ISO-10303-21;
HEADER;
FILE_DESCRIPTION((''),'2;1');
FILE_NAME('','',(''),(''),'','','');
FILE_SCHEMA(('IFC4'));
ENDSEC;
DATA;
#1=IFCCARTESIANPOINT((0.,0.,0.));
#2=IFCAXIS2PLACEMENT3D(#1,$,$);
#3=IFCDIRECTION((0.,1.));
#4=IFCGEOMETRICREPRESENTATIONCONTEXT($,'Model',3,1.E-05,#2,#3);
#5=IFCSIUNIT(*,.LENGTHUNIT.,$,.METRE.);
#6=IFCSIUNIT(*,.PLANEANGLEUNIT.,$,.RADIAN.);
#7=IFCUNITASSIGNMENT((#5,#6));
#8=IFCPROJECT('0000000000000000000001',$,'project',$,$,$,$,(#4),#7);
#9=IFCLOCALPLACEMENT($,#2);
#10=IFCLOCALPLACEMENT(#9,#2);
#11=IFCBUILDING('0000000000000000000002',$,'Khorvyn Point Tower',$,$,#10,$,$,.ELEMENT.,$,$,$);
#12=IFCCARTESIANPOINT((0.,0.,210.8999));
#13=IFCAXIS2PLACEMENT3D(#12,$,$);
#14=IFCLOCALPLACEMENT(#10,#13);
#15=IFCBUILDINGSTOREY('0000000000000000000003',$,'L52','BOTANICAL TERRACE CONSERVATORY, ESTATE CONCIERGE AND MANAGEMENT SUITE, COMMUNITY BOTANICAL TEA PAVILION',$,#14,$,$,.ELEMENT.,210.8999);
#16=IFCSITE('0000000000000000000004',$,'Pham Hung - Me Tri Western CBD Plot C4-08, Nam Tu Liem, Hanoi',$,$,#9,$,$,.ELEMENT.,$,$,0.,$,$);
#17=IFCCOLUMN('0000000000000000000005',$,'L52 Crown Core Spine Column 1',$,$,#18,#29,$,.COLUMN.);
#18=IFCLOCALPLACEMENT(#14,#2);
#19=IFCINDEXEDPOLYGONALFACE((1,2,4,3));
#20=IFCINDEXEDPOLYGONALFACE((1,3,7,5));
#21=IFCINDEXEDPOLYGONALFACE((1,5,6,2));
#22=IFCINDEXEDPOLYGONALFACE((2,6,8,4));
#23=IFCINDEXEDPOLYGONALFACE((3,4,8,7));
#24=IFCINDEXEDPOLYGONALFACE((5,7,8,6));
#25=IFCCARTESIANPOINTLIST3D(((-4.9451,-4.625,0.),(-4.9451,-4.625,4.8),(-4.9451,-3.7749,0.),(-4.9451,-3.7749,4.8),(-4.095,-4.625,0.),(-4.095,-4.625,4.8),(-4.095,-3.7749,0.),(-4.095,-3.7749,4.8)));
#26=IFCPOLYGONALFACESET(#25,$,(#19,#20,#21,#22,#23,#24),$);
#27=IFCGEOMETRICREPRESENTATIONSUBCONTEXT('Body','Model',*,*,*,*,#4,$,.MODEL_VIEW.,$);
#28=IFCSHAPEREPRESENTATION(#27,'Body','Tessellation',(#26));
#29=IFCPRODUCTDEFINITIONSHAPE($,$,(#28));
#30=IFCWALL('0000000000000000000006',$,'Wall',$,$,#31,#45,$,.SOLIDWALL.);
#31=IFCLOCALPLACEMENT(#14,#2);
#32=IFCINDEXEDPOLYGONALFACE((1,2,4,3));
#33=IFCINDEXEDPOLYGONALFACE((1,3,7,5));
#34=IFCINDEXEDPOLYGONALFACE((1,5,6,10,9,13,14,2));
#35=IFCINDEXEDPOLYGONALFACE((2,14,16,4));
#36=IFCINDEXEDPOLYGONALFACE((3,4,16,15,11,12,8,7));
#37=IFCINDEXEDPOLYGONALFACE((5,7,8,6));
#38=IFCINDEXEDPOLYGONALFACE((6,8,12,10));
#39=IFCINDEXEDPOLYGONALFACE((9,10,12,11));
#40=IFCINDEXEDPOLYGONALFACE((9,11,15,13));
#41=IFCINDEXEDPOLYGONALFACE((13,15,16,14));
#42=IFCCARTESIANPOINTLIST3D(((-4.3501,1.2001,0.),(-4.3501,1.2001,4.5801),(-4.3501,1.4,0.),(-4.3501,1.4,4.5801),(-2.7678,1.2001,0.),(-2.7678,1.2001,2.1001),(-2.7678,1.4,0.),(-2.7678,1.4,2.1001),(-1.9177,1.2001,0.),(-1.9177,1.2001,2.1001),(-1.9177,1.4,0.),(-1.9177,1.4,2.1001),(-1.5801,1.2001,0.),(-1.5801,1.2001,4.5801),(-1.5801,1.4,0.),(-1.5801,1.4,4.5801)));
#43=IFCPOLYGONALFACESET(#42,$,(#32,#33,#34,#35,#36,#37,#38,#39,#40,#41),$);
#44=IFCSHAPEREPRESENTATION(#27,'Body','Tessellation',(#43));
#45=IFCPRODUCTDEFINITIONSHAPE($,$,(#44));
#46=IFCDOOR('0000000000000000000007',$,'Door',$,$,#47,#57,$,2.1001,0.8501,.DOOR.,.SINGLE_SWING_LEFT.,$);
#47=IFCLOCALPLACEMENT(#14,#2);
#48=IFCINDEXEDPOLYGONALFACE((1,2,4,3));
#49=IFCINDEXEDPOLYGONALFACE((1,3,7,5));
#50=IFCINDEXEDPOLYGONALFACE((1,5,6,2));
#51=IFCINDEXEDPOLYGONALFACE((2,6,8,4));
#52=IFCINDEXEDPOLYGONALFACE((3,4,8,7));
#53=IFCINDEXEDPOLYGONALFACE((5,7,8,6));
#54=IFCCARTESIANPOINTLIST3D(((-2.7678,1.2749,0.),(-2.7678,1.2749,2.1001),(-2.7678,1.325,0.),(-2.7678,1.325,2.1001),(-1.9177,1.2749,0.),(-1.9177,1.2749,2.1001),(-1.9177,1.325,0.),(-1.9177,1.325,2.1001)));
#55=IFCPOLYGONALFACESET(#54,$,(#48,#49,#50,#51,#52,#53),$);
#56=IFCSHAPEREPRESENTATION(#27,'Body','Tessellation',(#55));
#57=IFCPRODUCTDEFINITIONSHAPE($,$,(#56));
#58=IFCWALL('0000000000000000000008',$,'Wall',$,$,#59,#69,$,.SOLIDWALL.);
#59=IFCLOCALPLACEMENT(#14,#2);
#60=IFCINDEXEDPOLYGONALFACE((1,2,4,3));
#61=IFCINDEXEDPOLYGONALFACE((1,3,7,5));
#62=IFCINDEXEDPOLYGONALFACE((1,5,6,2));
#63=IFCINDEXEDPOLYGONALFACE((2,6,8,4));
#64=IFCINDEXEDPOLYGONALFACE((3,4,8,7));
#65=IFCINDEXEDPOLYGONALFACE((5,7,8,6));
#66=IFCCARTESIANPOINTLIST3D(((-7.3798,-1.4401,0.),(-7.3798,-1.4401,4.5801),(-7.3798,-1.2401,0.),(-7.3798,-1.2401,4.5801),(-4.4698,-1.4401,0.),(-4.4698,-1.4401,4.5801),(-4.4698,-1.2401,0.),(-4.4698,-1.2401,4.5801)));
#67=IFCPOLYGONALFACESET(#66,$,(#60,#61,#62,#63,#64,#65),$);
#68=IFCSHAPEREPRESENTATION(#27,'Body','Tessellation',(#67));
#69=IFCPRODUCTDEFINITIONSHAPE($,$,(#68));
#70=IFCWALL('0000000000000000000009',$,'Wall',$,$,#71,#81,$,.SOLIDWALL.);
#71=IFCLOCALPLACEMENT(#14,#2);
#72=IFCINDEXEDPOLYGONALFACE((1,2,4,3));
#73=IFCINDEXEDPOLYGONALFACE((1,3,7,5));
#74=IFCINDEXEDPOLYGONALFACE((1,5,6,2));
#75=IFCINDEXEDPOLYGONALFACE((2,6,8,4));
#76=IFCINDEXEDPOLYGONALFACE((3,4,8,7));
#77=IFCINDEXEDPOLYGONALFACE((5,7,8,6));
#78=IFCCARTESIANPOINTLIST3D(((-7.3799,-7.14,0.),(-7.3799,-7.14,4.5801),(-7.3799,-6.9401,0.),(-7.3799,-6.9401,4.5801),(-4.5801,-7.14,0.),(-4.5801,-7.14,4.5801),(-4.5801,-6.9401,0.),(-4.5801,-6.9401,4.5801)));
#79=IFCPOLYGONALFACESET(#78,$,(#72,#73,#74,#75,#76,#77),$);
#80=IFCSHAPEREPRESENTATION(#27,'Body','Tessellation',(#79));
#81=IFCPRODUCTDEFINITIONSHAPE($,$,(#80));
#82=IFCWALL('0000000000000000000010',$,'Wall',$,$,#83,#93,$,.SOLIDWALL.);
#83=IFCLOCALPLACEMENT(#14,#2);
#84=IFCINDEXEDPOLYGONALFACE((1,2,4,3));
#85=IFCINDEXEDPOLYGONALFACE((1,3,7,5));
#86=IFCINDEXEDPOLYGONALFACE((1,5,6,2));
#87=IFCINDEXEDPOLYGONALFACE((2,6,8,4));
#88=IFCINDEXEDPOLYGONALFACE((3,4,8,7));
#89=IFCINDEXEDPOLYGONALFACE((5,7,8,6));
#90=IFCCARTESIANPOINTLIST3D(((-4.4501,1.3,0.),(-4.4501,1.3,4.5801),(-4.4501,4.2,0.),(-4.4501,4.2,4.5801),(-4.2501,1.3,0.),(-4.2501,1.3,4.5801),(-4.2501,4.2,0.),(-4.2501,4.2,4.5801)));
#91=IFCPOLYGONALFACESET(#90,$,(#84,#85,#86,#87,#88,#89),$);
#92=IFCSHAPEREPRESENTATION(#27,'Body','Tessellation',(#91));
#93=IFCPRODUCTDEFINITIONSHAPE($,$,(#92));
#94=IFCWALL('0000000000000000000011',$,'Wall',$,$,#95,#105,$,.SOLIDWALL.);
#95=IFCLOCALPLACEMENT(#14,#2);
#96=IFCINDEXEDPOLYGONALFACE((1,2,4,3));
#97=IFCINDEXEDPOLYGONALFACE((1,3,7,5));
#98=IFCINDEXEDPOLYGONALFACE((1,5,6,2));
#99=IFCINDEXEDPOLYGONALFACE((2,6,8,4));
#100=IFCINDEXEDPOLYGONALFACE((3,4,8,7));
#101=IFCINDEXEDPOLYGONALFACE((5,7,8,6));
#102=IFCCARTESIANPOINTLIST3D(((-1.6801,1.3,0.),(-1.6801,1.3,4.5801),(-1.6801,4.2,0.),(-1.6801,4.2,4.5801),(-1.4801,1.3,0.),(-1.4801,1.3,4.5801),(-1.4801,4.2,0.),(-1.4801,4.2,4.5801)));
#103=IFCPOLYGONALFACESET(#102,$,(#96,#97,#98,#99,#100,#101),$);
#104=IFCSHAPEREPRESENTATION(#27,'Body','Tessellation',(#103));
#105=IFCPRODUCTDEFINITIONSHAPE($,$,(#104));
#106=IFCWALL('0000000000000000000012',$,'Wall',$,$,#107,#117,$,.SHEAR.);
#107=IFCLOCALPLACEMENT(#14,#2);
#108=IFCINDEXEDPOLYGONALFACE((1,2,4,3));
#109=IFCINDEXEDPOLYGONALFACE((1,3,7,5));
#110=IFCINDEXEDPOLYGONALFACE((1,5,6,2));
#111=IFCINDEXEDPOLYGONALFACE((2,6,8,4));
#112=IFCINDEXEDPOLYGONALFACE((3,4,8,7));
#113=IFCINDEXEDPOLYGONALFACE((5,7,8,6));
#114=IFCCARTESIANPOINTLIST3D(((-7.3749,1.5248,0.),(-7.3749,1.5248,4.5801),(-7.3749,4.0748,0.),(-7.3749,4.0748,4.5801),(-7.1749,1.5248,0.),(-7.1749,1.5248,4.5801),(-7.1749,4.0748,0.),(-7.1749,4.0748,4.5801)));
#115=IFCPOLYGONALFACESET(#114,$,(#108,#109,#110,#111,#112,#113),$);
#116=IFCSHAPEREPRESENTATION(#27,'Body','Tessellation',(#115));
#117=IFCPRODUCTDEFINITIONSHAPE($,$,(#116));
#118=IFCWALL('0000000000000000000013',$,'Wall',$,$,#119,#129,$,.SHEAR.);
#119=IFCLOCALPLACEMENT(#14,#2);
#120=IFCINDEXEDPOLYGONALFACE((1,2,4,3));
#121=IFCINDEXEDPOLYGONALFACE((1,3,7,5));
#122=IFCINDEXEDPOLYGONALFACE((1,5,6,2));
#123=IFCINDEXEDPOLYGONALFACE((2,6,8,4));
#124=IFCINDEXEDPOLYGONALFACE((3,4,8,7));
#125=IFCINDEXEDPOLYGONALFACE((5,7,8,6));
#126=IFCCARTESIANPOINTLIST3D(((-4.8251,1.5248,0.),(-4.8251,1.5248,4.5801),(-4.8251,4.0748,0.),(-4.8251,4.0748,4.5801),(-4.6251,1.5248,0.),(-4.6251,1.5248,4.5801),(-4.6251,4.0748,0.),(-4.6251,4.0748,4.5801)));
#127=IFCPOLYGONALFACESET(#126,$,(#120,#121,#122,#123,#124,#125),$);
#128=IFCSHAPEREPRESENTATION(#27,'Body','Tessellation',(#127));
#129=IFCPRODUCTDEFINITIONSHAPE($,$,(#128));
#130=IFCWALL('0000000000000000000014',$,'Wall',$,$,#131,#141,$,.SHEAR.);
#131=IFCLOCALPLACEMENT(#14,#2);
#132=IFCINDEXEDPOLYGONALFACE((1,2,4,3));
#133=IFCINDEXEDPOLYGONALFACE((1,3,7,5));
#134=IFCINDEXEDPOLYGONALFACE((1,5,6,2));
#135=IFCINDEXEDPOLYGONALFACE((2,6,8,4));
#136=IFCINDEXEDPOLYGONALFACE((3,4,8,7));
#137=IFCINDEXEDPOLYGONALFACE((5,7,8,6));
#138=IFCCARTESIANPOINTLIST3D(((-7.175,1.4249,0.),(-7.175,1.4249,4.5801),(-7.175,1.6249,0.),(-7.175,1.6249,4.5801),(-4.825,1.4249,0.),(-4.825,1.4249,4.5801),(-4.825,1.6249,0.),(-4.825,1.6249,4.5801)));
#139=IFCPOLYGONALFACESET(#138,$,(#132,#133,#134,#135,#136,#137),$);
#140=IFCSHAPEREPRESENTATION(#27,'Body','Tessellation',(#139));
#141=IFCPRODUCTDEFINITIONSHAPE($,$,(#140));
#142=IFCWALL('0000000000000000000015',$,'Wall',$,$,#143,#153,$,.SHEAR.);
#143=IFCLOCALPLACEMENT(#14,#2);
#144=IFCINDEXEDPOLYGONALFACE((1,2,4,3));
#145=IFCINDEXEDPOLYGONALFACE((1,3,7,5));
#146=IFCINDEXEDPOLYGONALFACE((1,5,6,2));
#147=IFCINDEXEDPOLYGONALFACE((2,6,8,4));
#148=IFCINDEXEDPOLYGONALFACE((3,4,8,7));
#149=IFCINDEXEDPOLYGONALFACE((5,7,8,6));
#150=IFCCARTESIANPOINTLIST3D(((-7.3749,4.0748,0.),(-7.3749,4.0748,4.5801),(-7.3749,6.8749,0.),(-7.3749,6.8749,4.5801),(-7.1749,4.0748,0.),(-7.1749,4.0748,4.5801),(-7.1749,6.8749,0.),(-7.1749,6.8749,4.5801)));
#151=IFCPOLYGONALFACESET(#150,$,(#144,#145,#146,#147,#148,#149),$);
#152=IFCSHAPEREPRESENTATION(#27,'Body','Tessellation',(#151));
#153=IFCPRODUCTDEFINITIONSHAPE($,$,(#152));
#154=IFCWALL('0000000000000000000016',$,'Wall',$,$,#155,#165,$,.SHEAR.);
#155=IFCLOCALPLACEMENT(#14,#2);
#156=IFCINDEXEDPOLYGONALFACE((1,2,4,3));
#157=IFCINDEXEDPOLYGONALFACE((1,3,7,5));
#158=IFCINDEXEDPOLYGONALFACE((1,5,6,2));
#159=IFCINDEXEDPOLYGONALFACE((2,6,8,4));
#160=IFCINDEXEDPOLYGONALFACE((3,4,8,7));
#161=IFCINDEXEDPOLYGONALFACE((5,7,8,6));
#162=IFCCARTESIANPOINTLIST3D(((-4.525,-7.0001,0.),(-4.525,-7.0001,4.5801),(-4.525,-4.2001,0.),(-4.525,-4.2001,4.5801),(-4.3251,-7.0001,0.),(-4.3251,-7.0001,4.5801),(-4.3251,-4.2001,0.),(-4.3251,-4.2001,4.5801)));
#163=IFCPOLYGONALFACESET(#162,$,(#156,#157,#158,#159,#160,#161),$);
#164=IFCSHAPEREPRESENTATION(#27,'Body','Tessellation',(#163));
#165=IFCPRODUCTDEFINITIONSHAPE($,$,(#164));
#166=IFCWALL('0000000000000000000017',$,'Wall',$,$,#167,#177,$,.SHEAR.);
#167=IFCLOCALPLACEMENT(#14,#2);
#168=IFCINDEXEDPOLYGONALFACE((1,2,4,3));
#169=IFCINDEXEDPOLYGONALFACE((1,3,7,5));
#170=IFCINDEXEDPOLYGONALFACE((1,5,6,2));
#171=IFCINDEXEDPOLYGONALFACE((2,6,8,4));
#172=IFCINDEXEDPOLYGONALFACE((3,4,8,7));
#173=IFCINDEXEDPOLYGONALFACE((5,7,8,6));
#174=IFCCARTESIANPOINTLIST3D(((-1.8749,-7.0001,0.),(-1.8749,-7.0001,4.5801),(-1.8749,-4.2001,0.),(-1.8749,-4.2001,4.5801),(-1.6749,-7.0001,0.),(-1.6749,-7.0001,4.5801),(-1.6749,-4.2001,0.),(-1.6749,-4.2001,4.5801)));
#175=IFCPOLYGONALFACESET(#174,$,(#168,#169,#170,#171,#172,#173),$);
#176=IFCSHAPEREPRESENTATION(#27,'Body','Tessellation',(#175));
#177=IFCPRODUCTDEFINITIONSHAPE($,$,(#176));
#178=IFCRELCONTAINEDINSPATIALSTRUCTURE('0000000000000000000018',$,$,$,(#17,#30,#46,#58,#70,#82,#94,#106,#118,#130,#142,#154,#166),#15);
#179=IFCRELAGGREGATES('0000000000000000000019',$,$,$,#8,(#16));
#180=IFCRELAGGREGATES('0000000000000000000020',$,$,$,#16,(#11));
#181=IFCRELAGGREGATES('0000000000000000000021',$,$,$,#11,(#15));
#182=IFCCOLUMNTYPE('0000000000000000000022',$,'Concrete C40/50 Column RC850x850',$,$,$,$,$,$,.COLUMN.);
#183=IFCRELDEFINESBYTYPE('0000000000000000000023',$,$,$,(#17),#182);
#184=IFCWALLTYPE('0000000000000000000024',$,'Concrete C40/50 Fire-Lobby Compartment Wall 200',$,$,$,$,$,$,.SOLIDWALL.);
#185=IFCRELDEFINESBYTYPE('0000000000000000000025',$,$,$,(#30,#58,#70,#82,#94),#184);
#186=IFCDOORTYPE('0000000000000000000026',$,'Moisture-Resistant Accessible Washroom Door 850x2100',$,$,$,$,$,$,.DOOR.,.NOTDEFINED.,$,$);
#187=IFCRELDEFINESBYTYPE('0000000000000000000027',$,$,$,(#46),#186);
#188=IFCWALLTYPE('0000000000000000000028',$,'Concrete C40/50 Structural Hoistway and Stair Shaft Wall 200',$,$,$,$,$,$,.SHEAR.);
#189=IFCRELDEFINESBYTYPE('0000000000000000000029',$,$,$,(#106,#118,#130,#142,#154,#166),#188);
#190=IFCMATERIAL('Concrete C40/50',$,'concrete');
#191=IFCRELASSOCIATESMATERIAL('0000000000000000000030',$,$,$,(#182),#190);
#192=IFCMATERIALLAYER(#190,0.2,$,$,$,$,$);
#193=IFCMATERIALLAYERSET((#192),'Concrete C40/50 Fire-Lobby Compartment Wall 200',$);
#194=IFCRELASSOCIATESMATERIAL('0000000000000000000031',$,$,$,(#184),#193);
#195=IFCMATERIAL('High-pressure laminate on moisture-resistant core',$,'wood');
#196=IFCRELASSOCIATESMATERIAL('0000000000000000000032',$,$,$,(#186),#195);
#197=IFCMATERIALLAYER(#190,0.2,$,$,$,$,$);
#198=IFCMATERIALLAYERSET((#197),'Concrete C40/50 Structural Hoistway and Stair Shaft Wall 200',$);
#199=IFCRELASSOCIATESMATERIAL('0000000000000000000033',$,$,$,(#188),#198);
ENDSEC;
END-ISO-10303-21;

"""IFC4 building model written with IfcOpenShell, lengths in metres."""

from ifc_helpers import new_model, si_unit, direction, frame, frame_2d, origin, origin_2d, place, context, subcontext, project, spatial, rectangle, extrude, material, layer, layer_set, material_profile, profile_set, type_object, element, fill, save


model = new_model("IFC4")

# Units and contexts
model_context = context("Model", 3, precision=1e-05, world=origin(), true_north=direction((0.0, 1.0)))
body_context = subcontext(model_context, "Body", "Model", "MODEL_VIEW")
ifc_project = project(units=[si_unit("LENGTHUNIT", "METRE"), si_unit("PLANEANGLEUNIT", "RADIAN")], contexts=[model_context])

# Site, building, storey
site_placement = place(None, origin())
site = spatial("IfcSite", under=ifc_project, at=site_placement, Name="Pham Hung - Me Tri Western CBD Plot C4-08, Nam Tu Liem, Hanoi", CompositionType="ELEMENT", RefElevation=0.0)
building_placement = place(site_placement, origin())
building = spatial("IfcBuilding", under=site, at=building_placement, Name="Khorvyn Point Tower", CompositionType="ELEMENT")
storey_placement = place(building_placement, frame((0.0, 0.0, 210.8999)))
storey = spatial("IfcBuildingStorey", under=building, at=storey_placement, Name="L52", Description="BOTANICAL TERRACE CONSERVATORY, ESTATE CONCIERGE AND MANAGEMENT SUITE, COMMUNITY BOTANICAL TEA PAVILION", CompositionType="ELEMENT", Elevation=210.8999)

# Column
ifc_material_1 = material(Name="Concrete C40/50", Category="concrete")
ifc_material_profile = material_profile(ifc_material_1, rectangle(XDim=0.8501, YDim=0.8501, at=origin_2d()))
ifc_profile_set = profile_set([ifc_material_profile], Name="Concrete C40/50 RC850x850")
column_type = type_object("IfcColumnType", Name="Concrete C40/50 Column RC850x850", PredefinedType="COLUMN", material=ifc_profile_set)
column_placement = place(storey_placement, frame((-4.52, -4.2, 0.0), z_axis=(0.0, 0.0, 1.0), x_axis=(1.0, 0.0, 0.0)))
element("IfcColumn", 1, at=column_placement, inside=storey, type_object=column_type, Name="L52 Crown Core Spine Column 1", PredefinedType="COLUMN", context=body_context, shape_type="SweptSolid", body=[
    extrude(rectangle(XDim=0.8501, YDim=0.8501, at=origin_2d()), origin(), (0.0, 0.0, 1.0), 4.8),
])

# Wall, opening, door
ifc_layer_1 = layer(ifc_material_1, 0.2)
ifc_layer_set_1 = layer_set([ifc_layer_1], Name="Concrete C40/50 Fire-Lobby Compartment Wall 200")
wall_type_1 = type_object("IfcWallType", Name="Concrete C40/50 Fire-Lobby Compartment Wall 200", PredefinedType="SOLIDWALL", material=ifc_layer_set_1)
wall_1_placement = place(storey_placement, frame((-4.3501, 1.3, 0.0), z_axis=(0.0, 0.0, 1.0), x_axis=(1.0, 0.0, 0.0)))
wall_1 = element("IfcWall", 2, at=wall_1_placement, inside=storey, type_object=wall_type_1, Name="Wall", PredefinedType="SOLIDWALL", context=body_context, shape_type="SweptSolid", body=[
    extrude(rectangle(XDim=2.77, YDim=0.2, at=frame_2d((1.385, 0.0))), origin(), (0.0, 0.0, 1.0), 4.5801),
])
opening_1_placement = place(wall_1_placement, frame((1.5823, 0.0, 0.0)))
opening_1 = element("IfcOpeningElement", 3, at=opening_1_placement, cuts=wall_1, PredefinedType="OPENING", context=body_context, shape_type="SweptSolid", body=[
    extrude(rectangle(XDim=0.8501, YDim=2.1001, at=frame_2d((0.425, 1.05))), frame((0.0, 0.1099, 0.0), z_axis=(0.0, -1.0, 0.0), x_axis=(1.0, 0.0, 0.0)), (0.0, 0.0, 1.0), 0.22),
])
ifc_material_2 = material(Name="High-pressure laminate on moisture-resistant core", Category="wood")
door_type_1 = type_object("IfcDoorType", Name="Moisture-Resistant Accessible Washroom Door 850x2100", OperationType="NOTDEFINED", PredefinedType="DOOR", material=ifc_material_2)
door_1_placement = place(opening_1_placement, origin())
door_1 = element("IfcDoor", 4, at=door_1_placement, inside=storey, type_object=door_type_1, Name="Door", OperationType="SINGLE_SWING_LEFT", OverallHeight=2.1001, OverallWidth=0.8501, PredefinedType="DOOR", context=body_context, shape_type="SweptSolid", body=[
    extrude(rectangle(XDim=0.8501, YDim=2.1001, at=frame_2d((0.425, 1.05))), frame((0.0, 0.0249, 0.0), z_axis=(0.0, -1.0, 0.0), x_axis=(1.0, 0.0, 0.0)), (0.0, 0.0, 1.0), 0.05),
])
fill(opening_1, door_1)

# Walls
wall_2_placement = place(storey_placement, frame((-7.3799, -1.3401, 0.0), z_axis=(0.0, 0.0, 1.0), x_axis=(1.0, 0.0, 0.0)))
element("IfcWall", 5, at=wall_2_placement, inside=storey, type_object=wall_type_1, Name="Wall", PredefinedType="SOLIDWALL", context=body_context, shape_type="SweptSolid", body=[
    extrude(rectangle(XDim=2.9099, YDim=0.2, at=frame_2d((1.4551, 0.0))), origin(), (0.0, 0.0, 1.0), 4.5801),
])
wall_3_placement = place(storey_placement, frame((-7.3799, -7.04, 0.0), z_axis=(0.0, 0.0, 1.0), x_axis=(1.0, 0.0, 0.0)))
element("IfcWall", 6, at=wall_3_placement, inside=storey, type_object=wall_type_1, Name="Wall", PredefinedType="SOLIDWALL", context=body_context, shape_type="SweptSolid", body=[
    extrude(rectangle(XDim=2.7998, YDim=0.2, at=frame_2d((1.3999, 0.0))), origin(), (0.0, 0.0, 1.0), 4.5801),
])
for number, where, z_axis, x_axis, name in (
    (7, (-4.3501, 1.3, 0.0), (0.0, 0.0, 1.0), (0.0, 1.0, 0.0), "Wall"),
    (8, (-1.5801, 1.3, 0.0), (0.0, 0.0, 1.0), (0.0, 1.0, 0.0), "Wall"),
):
    element("IfcWall", number, at=place(storey_placement, frame(where, z_axis=z_axis, x_axis=x_axis)), inside=storey, type_object=wall_type_1, Name=name, PredefinedType="SOLIDWALL", context=body_context, shape_type="SweptSolid", body=[
        extrude(rectangle(XDim=2.8999, YDim=0.2, at=frame_2d((1.45, 0.0))), origin(), (0.0, 0.0, 1.0), 4.5801),
    ])
ifc_layer_2 = layer(ifc_material_1, 0.2)
ifc_layer_set_2 = layer_set([ifc_layer_2], Name="Concrete C40/50 Structural Hoistway and Stair Shaft Wall 200")
wall_type_2 = type_object("IfcWallType", Name="Concrete C40/50 Structural Hoistway and Stair Shaft Wall 200", PredefinedType="SHEAR", material=ifc_layer_set_2)
for number, where, z_axis, x_axis, name in (
    (9, (-7.2749, 1.5249, 0.0), (0.0, 0.0, 1.0), (0.0, 1.0, 0.0), "Wall"),
    (10, (-4.7251, 1.5249, 0.0), (0.0, 0.0, 1.0), (0.0, 1.0, 0.0), "Wall"),
):
    element("IfcWall", number, at=place(storey_placement, frame(where, z_axis=z_axis, x_axis=x_axis)), inside=storey, type_object=wall_type_2, Name=name, PredefinedType="SHEAR", context=body_context, shape_type="SweptSolid", body=[
        extrude(rectangle(XDim=2.55, YDim=0.2, at=frame_2d((1.2749, 0.0))), origin(), (0.0, 0.0, 1.0), 4.5801),
    ])
wall_4_placement = place(storey_placement, frame((-7.175, 1.5249, 0.0), z_axis=(0.0, 0.0, 1.0), x_axis=(1.0, 0.0, 0.0)))
element("IfcWall", 11, at=wall_4_placement, inside=storey, type_object=wall_type_2, Name="Wall", PredefinedType="SHEAR", context=body_context, shape_type="SweptSolid", body=[
    extrude(rectangle(XDim=2.3501, YDim=0.2, at=frame_2d((1.175, 0.0))), origin(), (0.0, 0.0, 1.0), 4.5801),
])
for number, where, z_axis, x_axis, name in (
    (12, (-7.2749, 4.075, 0.0), (0.0, 0.0, 1.0), (0.0, 1.0, 0.0), "Wall"),
    (13, (-4.425, -7.0, 0.0), (0.0, 0.0, 1.0), (0.0, 1.0, 0.0), "Wall"),
    (14, (-1.7749, -7.0, 0.0), (0.0, 0.0, 1.0), (0.0, 1.0, 0.0), "Wall"),
):
    element("IfcWall", number, at=place(storey_placement, frame(where, z_axis=z_axis, x_axis=x_axis)), inside=storey, type_object=wall_type_2, Name=name, PredefinedType="SHEAR", context=body_context, shape_type="SweptSolid", body=[
        extrude(rectangle(XDim=2.8, YDim=0.2, at=frame_2d((1.3999, 0.0))), origin(), (0.0, 0.0, 1.0), 4.5801),
    ])

save(model, "model.ifc")
